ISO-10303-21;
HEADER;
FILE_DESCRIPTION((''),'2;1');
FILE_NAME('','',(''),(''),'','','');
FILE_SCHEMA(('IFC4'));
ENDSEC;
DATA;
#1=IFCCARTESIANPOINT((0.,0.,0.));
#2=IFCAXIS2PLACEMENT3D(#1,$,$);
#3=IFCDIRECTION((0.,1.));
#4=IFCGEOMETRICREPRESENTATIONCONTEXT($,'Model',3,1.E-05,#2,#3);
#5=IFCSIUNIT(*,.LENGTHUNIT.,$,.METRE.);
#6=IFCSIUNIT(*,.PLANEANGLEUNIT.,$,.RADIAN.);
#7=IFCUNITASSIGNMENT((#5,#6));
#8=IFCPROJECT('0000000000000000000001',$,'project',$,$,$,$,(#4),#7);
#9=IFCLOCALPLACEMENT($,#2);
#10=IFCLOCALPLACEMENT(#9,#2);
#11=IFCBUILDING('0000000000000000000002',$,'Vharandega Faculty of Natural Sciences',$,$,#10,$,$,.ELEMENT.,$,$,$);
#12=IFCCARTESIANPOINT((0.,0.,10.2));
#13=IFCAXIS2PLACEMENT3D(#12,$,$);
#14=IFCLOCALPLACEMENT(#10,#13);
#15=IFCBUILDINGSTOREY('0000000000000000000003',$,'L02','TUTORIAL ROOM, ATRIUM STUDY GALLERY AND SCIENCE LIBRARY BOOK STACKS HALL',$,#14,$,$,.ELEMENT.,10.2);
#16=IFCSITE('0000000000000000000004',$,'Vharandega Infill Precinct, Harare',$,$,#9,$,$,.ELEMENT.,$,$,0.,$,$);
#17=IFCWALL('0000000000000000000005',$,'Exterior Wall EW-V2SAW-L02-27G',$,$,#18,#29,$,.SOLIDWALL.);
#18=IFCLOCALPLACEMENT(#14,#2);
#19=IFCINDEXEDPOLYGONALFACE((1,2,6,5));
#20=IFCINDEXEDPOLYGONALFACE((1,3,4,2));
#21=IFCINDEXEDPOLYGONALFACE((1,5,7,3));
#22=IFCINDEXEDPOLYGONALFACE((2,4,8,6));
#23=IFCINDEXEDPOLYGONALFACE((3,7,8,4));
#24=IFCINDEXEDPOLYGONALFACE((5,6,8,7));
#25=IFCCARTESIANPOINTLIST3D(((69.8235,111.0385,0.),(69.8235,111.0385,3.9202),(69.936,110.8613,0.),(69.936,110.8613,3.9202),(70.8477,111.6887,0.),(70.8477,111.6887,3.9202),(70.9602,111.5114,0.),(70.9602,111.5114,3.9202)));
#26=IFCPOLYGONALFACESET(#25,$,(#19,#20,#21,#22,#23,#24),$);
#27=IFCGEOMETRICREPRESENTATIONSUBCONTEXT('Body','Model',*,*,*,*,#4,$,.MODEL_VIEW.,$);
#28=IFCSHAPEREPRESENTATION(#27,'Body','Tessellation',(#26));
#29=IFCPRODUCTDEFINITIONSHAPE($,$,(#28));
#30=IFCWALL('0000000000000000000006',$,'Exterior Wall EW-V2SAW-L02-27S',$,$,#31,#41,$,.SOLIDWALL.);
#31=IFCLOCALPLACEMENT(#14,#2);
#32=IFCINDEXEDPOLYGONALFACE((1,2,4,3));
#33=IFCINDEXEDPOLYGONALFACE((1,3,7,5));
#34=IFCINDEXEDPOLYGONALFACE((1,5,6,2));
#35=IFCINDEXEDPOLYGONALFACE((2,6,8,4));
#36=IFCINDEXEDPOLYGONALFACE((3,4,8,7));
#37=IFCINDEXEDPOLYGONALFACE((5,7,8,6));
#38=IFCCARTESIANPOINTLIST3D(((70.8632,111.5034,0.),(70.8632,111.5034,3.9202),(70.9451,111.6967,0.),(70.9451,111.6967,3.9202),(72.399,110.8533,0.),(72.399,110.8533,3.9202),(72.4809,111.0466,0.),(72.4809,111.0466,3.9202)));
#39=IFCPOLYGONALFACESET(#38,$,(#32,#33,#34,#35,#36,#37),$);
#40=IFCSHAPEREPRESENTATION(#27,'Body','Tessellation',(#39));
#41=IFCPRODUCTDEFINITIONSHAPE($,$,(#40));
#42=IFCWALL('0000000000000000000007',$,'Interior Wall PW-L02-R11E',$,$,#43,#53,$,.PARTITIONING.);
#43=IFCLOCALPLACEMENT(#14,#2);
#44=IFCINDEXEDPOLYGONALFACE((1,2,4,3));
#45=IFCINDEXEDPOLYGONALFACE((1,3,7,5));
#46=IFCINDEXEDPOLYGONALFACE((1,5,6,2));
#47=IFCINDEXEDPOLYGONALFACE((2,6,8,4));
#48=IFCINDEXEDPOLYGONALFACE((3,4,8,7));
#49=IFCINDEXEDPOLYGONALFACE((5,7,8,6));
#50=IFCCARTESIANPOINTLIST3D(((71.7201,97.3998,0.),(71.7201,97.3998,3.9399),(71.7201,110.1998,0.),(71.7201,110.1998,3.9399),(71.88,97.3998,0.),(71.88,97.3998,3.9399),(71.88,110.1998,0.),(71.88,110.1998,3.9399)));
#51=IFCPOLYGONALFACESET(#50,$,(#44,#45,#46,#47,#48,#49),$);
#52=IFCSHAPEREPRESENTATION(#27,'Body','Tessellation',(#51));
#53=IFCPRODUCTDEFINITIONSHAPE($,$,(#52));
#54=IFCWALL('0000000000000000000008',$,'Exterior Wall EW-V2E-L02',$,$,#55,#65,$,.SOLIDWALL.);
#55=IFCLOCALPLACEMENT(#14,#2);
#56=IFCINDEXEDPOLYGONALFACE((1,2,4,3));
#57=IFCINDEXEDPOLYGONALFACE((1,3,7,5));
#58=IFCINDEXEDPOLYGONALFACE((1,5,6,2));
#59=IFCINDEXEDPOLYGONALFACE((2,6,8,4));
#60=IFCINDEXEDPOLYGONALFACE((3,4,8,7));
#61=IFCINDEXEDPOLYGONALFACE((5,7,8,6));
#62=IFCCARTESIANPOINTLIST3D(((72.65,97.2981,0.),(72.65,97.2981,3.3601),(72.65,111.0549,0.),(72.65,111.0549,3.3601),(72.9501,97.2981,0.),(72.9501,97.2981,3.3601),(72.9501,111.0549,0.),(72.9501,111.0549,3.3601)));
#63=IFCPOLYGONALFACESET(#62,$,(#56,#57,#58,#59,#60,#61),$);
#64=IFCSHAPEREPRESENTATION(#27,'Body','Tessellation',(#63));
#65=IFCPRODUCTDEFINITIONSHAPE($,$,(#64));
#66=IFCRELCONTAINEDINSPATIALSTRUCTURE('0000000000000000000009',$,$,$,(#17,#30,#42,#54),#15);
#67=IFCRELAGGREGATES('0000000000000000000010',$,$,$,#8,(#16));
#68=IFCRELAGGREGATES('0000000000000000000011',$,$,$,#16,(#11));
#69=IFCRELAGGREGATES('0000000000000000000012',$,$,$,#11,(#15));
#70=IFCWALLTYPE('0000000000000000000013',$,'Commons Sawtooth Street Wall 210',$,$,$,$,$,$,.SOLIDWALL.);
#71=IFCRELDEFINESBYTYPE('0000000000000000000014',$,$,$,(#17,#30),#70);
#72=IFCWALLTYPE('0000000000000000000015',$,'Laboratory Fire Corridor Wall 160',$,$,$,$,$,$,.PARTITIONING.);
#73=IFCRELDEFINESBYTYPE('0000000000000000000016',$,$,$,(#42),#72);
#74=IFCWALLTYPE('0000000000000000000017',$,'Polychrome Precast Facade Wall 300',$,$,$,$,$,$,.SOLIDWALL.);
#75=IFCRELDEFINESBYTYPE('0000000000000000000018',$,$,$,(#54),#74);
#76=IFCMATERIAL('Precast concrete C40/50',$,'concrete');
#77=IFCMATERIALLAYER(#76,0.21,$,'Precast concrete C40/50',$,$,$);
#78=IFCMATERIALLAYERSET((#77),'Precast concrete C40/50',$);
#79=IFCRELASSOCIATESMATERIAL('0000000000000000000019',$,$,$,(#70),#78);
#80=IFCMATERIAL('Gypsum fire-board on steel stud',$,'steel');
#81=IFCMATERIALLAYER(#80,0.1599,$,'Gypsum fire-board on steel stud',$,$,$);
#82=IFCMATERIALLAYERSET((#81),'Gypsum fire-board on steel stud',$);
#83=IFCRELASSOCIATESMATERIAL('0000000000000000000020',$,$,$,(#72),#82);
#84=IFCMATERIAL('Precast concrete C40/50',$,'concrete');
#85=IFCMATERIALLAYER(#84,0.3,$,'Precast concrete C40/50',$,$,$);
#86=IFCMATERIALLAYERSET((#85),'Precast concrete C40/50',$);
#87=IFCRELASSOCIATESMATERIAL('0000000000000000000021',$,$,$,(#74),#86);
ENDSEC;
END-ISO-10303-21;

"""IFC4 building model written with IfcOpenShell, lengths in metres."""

from ifc_helpers import new_model, si_unit, direction, frame, frame_2d, origin, place, context, subcontext, project, spatial, rectangle, extrude, material, layer, layer_set, type_object, element, save


model = new_model("IFC4")

# Units and contexts
model_context = context("Model", 3, precision=1e-05, world=origin(), true_north=direction((0.0, 1.0)))
body_context = subcontext(model_context, "Body", "Model", "MODEL_VIEW")
ifc_project = project(units=[si_unit("LENGTHUNIT", "METRE"), si_unit("PLANEANGLEUNIT", "RADIAN")], contexts=[model_context])

# Site, building, storey
site_placement = place(None, origin())
site = spatial("IfcSite", under=ifc_project, at=site_placement, Name="Vharandega Infill Precinct, Harare", CompositionType="ELEMENT", RefElevation=0.0)
building_placement = place(site_placement, origin())
building = spatial("IfcBuilding", under=site, at=building_placement, Name="Vharandega Faculty of Natural Sciences", CompositionType="ELEMENT")
storey_placement = place(building_placement, frame((0.0, 0.0, 10.2)))
storey = spatial("IfcBuildingStorey", under=building, at=storey_placement, Name="L02", Description="TUTORIAL ROOM, ATRIUM STUDY GALLERY AND SCIENCE LIBRARY BOOK STACKS HALL", CompositionType="ELEMENT", Elevation=10.2)

# Walls
ifc_material_1 = material(Name="Precast concrete C40/50", Category="concrete")
ifc_layer_1 = layer(ifc_material_1, 0.21, Name="Precast concrete C40/50")
ifc_layer_set_1 = layer_set([ifc_layer_1], Name="Precast concrete C40/50")
wall_type_1 = type_object("IfcWallType", Name="Commons Sawtooth Street Wall 210", PredefinedType="SOLIDWALL", material=ifc_layer_set_1)
wall_1_placement = place(storey_placement, frame((69.8799, 110.95, 0.0), z_axis=(0.0, 0.0, 1.0), x_axis=(0.844258, 0.535938, 0.0)))
element("IfcWall", 1, at=wall_1_placement, inside=storey, type_object=wall_type_1, Name="Exterior Wall EW-V2SAW-L02-27G", PredefinedType="SOLIDWALL", context=body_context, shape_type="SweptSolid", body=[
    extrude(rectangle(XDim=1.2131, YDim=0.21, at=frame_2d((0.6064, 0.0))), origin(), (0.0, 0.0, 1.0), 3.9202),
])
wall_2_placement = place(storey_placement, frame((70.9041, 111.6001, 0.0), z_axis=(0.0, 0.0, 1.0), x_axis=(0.920892, -0.389817, 0.0)))
element("IfcWall", 2, at=wall_2_placement, inside=storey, type_object=wall_type_1, Name="Exterior Wall EW-V2SAW-L02-27S", PredefinedType="SOLIDWALL", context=body_context, shape_type="SweptSolid", body=[
    extrude(rectangle(XDim=1.6677, YDim=0.21, at=frame_2d((0.834, 0.0))), origin(), (0.0, 0.0, 1.0), 3.9202),
])
ifc_material_2 = material(Name="Gypsum fire-board on steel stud", Category="steel")
ifc_layer_2 = layer(ifc_material_2, 0.1599, Name="Gypsum fire-board on steel stud")
ifc_layer_set_2 = layer_set([ifc_layer_2], Name="Gypsum fire-board on steel stud")
wall_type_2 = type_object("IfcWallType", Name="Laboratory Fire Corridor Wall 160", PredefinedType="PARTITIONING", material=ifc_layer_set_2)
wall_3_placement = place(storey_placement, frame((71.8, 97.3999, 0.0), z_axis=(0.0, 0.0, 1.0), x_axis=(0.0, 1.0, 0.0)))
element("IfcWall", 3, at=wall_3_placement, inside=storey, type_object=wall_type_2, Name="Interior Wall PW-L02-R11E", PredefinedType="PARTITIONING", context=body_context, shape_type="SweptSolid", body=[
    extrude(rectangle(XDim=12.8, YDim=0.1599, at=frame_2d((6.3999, 0.0))), origin(), (0.0, 0.0, 1.0), 3.9399),
])
ifc_material_3 = material(Name="Precast concrete C40/50", Category="concrete")
ifc_layer_3 = layer(ifc_material_3, 0.3, Name="Precast concrete C40/50")
ifc_layer_set_3 = layer_set([ifc_layer_3], Name="Precast concrete C40/50")
wall_type_3 = type_object("IfcWallType", Name="Polychrome Precast Facade Wall 300", PredefinedType="SOLIDWALL", material=ifc_layer_set_3)
wall_4_placement = place(storey_placement, frame((72.8, 111.0549, 0.0), z_axis=(0.0, 0.0, 1.0), x_axis=(0.0, -1.0, 0.0)))
element("IfcWall", 4, at=wall_4_placement, inside=storey, type_object=wall_type_3, Name="Exterior Wall EW-V2E-L02", PredefinedType="SOLIDWALL", context=body_context, shape_type="SweptSolid", body=[
    extrude(rectangle(XDim=13.7568, YDim=0.3, at=frame_2d((6.8784, 0.0))), origin(), (0.0, 0.0, 1.0), 3.3601),
])

save(model, "model.ifc")
